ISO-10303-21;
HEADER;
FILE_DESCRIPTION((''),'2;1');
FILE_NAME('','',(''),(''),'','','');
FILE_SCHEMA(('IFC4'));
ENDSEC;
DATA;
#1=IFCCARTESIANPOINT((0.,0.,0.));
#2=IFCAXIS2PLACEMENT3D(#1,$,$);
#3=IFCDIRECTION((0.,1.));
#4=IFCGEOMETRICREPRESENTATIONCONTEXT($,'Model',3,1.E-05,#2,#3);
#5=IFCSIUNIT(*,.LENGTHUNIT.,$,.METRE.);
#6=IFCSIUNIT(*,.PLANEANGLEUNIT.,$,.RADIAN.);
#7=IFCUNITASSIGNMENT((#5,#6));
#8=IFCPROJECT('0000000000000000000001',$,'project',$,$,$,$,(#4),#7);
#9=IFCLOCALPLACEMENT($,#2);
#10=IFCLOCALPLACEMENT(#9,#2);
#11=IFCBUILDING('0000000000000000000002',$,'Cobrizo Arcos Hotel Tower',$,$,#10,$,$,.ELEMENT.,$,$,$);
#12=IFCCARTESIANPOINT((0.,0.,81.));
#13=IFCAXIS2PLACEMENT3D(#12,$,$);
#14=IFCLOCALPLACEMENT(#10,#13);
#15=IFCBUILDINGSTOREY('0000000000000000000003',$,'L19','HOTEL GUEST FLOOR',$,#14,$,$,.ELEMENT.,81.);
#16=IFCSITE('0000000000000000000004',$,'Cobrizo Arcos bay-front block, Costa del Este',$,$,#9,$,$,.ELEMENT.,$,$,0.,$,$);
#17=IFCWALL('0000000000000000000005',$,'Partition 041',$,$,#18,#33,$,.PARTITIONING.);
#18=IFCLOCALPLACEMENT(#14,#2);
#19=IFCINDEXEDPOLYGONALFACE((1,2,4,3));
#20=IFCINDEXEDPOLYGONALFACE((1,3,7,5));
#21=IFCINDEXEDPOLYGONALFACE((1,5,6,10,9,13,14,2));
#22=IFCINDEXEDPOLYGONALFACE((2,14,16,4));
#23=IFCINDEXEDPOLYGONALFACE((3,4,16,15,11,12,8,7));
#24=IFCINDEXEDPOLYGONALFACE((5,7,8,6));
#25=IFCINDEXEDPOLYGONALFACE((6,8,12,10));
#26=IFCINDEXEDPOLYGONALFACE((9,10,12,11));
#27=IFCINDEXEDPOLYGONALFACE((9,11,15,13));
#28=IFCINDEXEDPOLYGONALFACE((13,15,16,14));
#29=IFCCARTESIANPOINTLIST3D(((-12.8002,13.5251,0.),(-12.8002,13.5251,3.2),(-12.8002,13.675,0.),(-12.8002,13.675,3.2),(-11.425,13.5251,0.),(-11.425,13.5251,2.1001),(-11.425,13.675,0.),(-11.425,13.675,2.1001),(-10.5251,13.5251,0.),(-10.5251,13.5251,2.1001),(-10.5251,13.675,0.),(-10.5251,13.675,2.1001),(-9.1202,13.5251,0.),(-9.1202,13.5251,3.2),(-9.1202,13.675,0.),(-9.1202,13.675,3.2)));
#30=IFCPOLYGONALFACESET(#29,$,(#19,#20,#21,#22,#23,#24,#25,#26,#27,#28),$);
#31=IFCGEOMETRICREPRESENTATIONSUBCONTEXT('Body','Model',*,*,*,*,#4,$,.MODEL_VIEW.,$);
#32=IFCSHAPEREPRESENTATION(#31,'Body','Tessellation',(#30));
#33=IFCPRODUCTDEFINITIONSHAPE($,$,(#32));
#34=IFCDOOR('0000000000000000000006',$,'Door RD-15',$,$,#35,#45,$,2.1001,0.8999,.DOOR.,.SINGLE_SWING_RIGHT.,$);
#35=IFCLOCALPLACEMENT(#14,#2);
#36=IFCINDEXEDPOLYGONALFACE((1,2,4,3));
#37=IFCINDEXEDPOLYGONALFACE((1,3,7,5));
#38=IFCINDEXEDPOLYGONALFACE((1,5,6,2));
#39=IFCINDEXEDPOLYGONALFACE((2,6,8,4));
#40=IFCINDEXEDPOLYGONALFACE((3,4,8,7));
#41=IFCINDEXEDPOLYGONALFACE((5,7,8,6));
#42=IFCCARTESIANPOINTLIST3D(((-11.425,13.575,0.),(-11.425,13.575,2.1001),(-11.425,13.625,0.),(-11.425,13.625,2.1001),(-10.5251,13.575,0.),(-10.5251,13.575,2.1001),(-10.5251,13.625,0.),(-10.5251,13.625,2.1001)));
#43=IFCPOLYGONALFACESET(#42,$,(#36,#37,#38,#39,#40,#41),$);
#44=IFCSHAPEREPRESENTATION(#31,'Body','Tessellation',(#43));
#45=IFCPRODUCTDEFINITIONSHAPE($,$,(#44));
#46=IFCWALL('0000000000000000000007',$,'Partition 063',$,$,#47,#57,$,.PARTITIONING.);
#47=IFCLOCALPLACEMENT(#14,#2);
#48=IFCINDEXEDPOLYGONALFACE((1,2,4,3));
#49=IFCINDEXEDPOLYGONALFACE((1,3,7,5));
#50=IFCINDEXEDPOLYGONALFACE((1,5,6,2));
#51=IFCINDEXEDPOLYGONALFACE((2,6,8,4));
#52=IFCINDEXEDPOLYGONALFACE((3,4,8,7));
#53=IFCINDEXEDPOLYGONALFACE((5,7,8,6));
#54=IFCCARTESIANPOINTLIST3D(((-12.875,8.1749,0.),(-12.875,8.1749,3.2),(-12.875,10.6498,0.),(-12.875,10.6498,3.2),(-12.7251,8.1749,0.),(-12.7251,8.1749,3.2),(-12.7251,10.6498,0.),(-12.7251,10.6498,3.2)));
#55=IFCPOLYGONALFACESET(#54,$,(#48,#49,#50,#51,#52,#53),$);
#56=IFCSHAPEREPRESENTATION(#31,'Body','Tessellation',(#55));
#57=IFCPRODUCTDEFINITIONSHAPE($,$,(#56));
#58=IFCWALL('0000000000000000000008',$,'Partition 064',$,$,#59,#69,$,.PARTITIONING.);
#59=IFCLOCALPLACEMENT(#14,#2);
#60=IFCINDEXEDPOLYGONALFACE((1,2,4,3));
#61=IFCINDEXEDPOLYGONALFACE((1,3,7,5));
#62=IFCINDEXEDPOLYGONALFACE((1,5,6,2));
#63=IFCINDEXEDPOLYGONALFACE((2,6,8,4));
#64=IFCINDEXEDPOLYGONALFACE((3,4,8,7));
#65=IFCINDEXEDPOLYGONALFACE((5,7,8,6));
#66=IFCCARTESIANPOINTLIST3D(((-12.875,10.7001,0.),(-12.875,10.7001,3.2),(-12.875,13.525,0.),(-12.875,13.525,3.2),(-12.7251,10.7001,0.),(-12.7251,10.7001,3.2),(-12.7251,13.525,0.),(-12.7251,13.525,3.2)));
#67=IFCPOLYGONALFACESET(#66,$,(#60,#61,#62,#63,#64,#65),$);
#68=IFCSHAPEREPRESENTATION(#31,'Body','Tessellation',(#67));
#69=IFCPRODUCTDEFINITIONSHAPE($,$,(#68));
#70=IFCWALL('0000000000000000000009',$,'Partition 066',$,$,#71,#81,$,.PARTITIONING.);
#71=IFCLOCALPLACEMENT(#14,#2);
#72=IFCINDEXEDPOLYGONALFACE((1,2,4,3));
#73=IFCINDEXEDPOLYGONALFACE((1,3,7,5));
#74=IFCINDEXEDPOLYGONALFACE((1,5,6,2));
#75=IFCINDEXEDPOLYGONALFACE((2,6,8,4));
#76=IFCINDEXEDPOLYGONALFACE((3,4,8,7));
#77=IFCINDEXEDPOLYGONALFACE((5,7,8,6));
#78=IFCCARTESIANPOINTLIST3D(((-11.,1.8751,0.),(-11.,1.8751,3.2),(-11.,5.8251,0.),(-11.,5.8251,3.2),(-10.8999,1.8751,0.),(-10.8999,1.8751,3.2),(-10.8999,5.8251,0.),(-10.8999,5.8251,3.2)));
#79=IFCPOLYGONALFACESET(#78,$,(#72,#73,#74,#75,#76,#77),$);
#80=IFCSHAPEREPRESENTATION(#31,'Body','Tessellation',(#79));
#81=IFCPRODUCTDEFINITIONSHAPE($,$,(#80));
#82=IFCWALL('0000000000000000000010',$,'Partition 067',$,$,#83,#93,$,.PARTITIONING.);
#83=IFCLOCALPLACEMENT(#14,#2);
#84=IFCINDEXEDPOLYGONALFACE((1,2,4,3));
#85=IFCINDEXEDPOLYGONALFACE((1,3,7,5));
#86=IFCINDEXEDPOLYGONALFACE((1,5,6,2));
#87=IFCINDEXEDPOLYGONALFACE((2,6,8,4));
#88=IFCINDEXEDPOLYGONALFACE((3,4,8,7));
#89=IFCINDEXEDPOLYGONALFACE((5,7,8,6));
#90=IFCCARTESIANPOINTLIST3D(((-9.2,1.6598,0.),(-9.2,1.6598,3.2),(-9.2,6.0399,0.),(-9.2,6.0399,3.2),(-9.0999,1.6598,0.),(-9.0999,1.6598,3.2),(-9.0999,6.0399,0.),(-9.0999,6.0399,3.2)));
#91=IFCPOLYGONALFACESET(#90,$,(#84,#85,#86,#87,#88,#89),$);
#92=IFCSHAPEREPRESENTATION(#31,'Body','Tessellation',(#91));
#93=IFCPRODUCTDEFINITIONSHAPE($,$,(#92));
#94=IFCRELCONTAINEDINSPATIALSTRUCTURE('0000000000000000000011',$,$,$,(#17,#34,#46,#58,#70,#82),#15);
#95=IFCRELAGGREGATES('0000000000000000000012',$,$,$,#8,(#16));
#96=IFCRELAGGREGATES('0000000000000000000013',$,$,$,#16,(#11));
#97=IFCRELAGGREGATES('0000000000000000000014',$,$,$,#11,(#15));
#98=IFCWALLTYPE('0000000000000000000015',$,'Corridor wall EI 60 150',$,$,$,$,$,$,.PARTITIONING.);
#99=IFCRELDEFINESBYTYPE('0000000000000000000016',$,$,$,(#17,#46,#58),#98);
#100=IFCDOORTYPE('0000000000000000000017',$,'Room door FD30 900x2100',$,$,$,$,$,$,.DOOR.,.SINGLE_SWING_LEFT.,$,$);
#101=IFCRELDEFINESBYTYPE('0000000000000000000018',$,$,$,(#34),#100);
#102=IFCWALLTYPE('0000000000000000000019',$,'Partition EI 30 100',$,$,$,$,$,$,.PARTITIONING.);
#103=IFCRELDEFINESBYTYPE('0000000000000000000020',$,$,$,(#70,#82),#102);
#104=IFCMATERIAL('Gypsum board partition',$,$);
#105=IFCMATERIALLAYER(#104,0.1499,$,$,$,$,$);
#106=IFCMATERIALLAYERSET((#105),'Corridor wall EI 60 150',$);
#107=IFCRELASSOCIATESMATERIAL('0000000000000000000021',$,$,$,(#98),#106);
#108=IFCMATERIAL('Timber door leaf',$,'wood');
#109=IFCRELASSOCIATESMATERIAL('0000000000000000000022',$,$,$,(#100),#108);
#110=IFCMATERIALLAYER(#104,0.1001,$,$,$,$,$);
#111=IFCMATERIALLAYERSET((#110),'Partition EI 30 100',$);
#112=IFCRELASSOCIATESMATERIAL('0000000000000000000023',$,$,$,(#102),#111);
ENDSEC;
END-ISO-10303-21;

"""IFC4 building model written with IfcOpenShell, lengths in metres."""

from ifc_helpers import new_model, si_unit, direction, frame, frame_2d, origin, place, context, subcontext, project, spatial, rectangle, extrude, material, layer, layer_set, type_object, element, fill, save


model = new_model("IFC4")

# Units and contexts
model_context = context("Model", 3, precision=1e-05, world=origin(), true_north=direction((0.0, 1.0)))
body_context = subcontext(model_context, "Body", "Model", "MODEL_VIEW")
ifc_project = project(units=[si_unit("LENGTHUNIT", "METRE"), si_unit("PLANEANGLEUNIT", "RADIAN")], contexts=[model_context])

# Site, building, storey
site_placement = place(None, origin())
site = spatial("IfcSite", under=ifc_project, at=site_placement, Name="Cobrizo Arcos bay-front block, Costa del Este", CompositionType="ELEMENT", RefElevation=0.0)
building_placement = place(site_placement, origin())
building = spatial("IfcBuilding", under=site, at=building_placement, Name="Cobrizo Arcos Hotel Tower", CompositionType="ELEMENT")
storey_placement = place(building_placement, frame((0.0, 0.0, 81.0)))
storey = spatial("IfcBuildingStorey", under=building, at=storey_placement, Name="L19", Description="HOTEL GUEST FLOOR", CompositionType="ELEMENT", Elevation=81.0)

# Shared definitions
ifc_material_1 = material(Name="Gypsum board partition")
ifc_layer_1 = layer(ifc_material_1, 0.1499)
ifc_layer_set_1 = layer_set([ifc_layer_1], Name="Corridor wall EI 60 150")
wall_type_1 = type_object("IfcWallType", Name="Corridor wall EI 60 150", PredefinedType="PARTITIONING", material=ifc_layer_set_1)

# Shared definitions
ifc_material_2 = material(Name="Timber door leaf", Category="wood")

# Wall, opening, door
wall_1_placement = place(storey_placement, frame((-12.8, 13.6001, 0.0), z_axis=(0.0, 0.0, 1.0), x_axis=(1.0, 0.0, 0.0)))
wall_1 = element("IfcWall", 1, at=wall_1_placement, inside=storey, type_object=wall_type_1, Name="Partition 041", PredefinedType="PARTITIONING", context=body_context, shape_type="SweptSolid", body=[
    extrude(rectangle(XDim=3.6799, YDim=0.1499, at=frame_2d((1.8398, 0.0))), origin(), (0.0, 0.0, 1.0), 3.2),
])
opening_1_placement = place(wall_1_placement, frame((1.375, 0.0, 0.0)))
opening_1 = element("IfcOpeningElement", 2, at=opening_1_placement, cuts=wall_1, PredefinedType="OPENING", context=body_context, shape_type="SweptSolid", body=[
    extrude(rectangle(XDim=0.8999, YDim=2.1001, at=frame_2d((0.45, 1.05))), frame((0.0, 0.0869, 0.0), z_axis=(0.0, -1.0, 0.0), x_axis=(1.0, 0.0, 0.0)), (0.0, 0.0, 1.0), 0.1738),
])
door_type_1 = type_object("IfcDoorType", Name="Room door FD30 900x2100", OperationType="SINGLE_SWING_LEFT", PredefinedType="DOOR", material=ifc_material_2)
door_1_placement = place(opening_1_placement, origin())
door_1 = element("IfcDoor", 3, at=door_1_placement, inside=storey, type_object=door_type_1, Name="Door RD-15", OperationType="SINGLE_SWING_RIGHT", OverallHeight=2.1001, OverallWidth=0.8999, PredefinedType="DOOR", context=body_context, shape_type="SweptSolid", body=[
    extrude(rectangle(XDim=0.8999, YDim=2.1001, at=frame_2d((0.45, 1.05))), frame((0.0, 0.0249, 0.0), z_axis=(0.0, -1.0, 0.0), x_axis=(1.0, 0.0, 0.0)), (0.0, 0.0, 1.0), 0.05),
])
fill(opening_1, door_1)

# Walls
wall_2_placement = place(storey_placement, frame((-12.8, 8.175, 0.0), z_axis=(0.0, 0.0, 1.0), x_axis=(0.0, 1.0, 0.0)))
element("IfcWall", 4, at=wall_2_placement, inside=storey, type_object=wall_type_1, Name="Partition 063", PredefinedType="PARTITIONING", context=body_context, shape_type="SweptSolid", body=[
    extrude(rectangle(XDim=2.4749, YDim=0.1499, at=frame_2d((1.2373, 0.0))), origin(), (0.0, 0.0, 1.0), 3.2),
])
wall_3_placement = place(storey_placement, frame((-12.8, 10.7, 0.0), z_axis=(0.0, 0.0, 1.0), x_axis=(0.0, 1.0, 0.0)))
element("IfcWall", 5, at=wall_3_placement, inside=storey, type_object=wall_type_1, Name="Partition 064", PredefinedType="PARTITIONING", context=body_context, shape_type="SweptSolid", body=[
    extrude(rectangle(XDim=2.825, YDim=0.1499, at=frame_2d((1.4126, 0.0))), origin(), (0.0, 0.0, 1.0), 3.2),
])
ifc_layer_2 = layer(ifc_material_1, 0.1001)
ifc_layer_set_2 = layer_set([ifc_layer_2], Name="Partition EI 30 100")
wall_type_2 = type_object("IfcWallType", Name="Partition EI 30 100", PredefinedType="PARTITIONING", material=ifc_layer_set_2)
wall_4_placement = place(storey_placement, frame((-10.95, 1.875, 0.0), z_axis=(0.0, 0.0, 1.0), x_axis=(0.0, 1.0, 0.0)))
element("IfcWall", 6, at=wall_4_placement, inside=storey, type_object=wall_type_2, Name="Partition 066", PredefinedType="PARTITIONING", context=body_context, shape_type="SweptSolid", body=[
    extrude(rectangle(XDim=3.95, YDim=0.1001, at=frame_2d((1.9751, 0.0))), origin(), (0.0, 0.0, 1.0), 3.2),
])
wall_5_placement = place(storey_placement, frame((-9.1499, 1.6599, 0.0), z_axis=(0.0, 0.0, 1.0), x_axis=(0.0, 1.0, 0.0)))
element("IfcWall", 7, at=wall_5_placement, inside=storey, type_object=wall_type_2, Name="Partition 067", PredefinedType="PARTITIONING", context=body_context, shape_type="SweptSolid", body=[
    extrude(rectangle(XDim=4.3801, YDim=0.1001, at=frame_2d((2.1899, 0.0))), origin(), (0.0, 0.0, 1.0), 3.2),
])

save(model, "model.ifc")
